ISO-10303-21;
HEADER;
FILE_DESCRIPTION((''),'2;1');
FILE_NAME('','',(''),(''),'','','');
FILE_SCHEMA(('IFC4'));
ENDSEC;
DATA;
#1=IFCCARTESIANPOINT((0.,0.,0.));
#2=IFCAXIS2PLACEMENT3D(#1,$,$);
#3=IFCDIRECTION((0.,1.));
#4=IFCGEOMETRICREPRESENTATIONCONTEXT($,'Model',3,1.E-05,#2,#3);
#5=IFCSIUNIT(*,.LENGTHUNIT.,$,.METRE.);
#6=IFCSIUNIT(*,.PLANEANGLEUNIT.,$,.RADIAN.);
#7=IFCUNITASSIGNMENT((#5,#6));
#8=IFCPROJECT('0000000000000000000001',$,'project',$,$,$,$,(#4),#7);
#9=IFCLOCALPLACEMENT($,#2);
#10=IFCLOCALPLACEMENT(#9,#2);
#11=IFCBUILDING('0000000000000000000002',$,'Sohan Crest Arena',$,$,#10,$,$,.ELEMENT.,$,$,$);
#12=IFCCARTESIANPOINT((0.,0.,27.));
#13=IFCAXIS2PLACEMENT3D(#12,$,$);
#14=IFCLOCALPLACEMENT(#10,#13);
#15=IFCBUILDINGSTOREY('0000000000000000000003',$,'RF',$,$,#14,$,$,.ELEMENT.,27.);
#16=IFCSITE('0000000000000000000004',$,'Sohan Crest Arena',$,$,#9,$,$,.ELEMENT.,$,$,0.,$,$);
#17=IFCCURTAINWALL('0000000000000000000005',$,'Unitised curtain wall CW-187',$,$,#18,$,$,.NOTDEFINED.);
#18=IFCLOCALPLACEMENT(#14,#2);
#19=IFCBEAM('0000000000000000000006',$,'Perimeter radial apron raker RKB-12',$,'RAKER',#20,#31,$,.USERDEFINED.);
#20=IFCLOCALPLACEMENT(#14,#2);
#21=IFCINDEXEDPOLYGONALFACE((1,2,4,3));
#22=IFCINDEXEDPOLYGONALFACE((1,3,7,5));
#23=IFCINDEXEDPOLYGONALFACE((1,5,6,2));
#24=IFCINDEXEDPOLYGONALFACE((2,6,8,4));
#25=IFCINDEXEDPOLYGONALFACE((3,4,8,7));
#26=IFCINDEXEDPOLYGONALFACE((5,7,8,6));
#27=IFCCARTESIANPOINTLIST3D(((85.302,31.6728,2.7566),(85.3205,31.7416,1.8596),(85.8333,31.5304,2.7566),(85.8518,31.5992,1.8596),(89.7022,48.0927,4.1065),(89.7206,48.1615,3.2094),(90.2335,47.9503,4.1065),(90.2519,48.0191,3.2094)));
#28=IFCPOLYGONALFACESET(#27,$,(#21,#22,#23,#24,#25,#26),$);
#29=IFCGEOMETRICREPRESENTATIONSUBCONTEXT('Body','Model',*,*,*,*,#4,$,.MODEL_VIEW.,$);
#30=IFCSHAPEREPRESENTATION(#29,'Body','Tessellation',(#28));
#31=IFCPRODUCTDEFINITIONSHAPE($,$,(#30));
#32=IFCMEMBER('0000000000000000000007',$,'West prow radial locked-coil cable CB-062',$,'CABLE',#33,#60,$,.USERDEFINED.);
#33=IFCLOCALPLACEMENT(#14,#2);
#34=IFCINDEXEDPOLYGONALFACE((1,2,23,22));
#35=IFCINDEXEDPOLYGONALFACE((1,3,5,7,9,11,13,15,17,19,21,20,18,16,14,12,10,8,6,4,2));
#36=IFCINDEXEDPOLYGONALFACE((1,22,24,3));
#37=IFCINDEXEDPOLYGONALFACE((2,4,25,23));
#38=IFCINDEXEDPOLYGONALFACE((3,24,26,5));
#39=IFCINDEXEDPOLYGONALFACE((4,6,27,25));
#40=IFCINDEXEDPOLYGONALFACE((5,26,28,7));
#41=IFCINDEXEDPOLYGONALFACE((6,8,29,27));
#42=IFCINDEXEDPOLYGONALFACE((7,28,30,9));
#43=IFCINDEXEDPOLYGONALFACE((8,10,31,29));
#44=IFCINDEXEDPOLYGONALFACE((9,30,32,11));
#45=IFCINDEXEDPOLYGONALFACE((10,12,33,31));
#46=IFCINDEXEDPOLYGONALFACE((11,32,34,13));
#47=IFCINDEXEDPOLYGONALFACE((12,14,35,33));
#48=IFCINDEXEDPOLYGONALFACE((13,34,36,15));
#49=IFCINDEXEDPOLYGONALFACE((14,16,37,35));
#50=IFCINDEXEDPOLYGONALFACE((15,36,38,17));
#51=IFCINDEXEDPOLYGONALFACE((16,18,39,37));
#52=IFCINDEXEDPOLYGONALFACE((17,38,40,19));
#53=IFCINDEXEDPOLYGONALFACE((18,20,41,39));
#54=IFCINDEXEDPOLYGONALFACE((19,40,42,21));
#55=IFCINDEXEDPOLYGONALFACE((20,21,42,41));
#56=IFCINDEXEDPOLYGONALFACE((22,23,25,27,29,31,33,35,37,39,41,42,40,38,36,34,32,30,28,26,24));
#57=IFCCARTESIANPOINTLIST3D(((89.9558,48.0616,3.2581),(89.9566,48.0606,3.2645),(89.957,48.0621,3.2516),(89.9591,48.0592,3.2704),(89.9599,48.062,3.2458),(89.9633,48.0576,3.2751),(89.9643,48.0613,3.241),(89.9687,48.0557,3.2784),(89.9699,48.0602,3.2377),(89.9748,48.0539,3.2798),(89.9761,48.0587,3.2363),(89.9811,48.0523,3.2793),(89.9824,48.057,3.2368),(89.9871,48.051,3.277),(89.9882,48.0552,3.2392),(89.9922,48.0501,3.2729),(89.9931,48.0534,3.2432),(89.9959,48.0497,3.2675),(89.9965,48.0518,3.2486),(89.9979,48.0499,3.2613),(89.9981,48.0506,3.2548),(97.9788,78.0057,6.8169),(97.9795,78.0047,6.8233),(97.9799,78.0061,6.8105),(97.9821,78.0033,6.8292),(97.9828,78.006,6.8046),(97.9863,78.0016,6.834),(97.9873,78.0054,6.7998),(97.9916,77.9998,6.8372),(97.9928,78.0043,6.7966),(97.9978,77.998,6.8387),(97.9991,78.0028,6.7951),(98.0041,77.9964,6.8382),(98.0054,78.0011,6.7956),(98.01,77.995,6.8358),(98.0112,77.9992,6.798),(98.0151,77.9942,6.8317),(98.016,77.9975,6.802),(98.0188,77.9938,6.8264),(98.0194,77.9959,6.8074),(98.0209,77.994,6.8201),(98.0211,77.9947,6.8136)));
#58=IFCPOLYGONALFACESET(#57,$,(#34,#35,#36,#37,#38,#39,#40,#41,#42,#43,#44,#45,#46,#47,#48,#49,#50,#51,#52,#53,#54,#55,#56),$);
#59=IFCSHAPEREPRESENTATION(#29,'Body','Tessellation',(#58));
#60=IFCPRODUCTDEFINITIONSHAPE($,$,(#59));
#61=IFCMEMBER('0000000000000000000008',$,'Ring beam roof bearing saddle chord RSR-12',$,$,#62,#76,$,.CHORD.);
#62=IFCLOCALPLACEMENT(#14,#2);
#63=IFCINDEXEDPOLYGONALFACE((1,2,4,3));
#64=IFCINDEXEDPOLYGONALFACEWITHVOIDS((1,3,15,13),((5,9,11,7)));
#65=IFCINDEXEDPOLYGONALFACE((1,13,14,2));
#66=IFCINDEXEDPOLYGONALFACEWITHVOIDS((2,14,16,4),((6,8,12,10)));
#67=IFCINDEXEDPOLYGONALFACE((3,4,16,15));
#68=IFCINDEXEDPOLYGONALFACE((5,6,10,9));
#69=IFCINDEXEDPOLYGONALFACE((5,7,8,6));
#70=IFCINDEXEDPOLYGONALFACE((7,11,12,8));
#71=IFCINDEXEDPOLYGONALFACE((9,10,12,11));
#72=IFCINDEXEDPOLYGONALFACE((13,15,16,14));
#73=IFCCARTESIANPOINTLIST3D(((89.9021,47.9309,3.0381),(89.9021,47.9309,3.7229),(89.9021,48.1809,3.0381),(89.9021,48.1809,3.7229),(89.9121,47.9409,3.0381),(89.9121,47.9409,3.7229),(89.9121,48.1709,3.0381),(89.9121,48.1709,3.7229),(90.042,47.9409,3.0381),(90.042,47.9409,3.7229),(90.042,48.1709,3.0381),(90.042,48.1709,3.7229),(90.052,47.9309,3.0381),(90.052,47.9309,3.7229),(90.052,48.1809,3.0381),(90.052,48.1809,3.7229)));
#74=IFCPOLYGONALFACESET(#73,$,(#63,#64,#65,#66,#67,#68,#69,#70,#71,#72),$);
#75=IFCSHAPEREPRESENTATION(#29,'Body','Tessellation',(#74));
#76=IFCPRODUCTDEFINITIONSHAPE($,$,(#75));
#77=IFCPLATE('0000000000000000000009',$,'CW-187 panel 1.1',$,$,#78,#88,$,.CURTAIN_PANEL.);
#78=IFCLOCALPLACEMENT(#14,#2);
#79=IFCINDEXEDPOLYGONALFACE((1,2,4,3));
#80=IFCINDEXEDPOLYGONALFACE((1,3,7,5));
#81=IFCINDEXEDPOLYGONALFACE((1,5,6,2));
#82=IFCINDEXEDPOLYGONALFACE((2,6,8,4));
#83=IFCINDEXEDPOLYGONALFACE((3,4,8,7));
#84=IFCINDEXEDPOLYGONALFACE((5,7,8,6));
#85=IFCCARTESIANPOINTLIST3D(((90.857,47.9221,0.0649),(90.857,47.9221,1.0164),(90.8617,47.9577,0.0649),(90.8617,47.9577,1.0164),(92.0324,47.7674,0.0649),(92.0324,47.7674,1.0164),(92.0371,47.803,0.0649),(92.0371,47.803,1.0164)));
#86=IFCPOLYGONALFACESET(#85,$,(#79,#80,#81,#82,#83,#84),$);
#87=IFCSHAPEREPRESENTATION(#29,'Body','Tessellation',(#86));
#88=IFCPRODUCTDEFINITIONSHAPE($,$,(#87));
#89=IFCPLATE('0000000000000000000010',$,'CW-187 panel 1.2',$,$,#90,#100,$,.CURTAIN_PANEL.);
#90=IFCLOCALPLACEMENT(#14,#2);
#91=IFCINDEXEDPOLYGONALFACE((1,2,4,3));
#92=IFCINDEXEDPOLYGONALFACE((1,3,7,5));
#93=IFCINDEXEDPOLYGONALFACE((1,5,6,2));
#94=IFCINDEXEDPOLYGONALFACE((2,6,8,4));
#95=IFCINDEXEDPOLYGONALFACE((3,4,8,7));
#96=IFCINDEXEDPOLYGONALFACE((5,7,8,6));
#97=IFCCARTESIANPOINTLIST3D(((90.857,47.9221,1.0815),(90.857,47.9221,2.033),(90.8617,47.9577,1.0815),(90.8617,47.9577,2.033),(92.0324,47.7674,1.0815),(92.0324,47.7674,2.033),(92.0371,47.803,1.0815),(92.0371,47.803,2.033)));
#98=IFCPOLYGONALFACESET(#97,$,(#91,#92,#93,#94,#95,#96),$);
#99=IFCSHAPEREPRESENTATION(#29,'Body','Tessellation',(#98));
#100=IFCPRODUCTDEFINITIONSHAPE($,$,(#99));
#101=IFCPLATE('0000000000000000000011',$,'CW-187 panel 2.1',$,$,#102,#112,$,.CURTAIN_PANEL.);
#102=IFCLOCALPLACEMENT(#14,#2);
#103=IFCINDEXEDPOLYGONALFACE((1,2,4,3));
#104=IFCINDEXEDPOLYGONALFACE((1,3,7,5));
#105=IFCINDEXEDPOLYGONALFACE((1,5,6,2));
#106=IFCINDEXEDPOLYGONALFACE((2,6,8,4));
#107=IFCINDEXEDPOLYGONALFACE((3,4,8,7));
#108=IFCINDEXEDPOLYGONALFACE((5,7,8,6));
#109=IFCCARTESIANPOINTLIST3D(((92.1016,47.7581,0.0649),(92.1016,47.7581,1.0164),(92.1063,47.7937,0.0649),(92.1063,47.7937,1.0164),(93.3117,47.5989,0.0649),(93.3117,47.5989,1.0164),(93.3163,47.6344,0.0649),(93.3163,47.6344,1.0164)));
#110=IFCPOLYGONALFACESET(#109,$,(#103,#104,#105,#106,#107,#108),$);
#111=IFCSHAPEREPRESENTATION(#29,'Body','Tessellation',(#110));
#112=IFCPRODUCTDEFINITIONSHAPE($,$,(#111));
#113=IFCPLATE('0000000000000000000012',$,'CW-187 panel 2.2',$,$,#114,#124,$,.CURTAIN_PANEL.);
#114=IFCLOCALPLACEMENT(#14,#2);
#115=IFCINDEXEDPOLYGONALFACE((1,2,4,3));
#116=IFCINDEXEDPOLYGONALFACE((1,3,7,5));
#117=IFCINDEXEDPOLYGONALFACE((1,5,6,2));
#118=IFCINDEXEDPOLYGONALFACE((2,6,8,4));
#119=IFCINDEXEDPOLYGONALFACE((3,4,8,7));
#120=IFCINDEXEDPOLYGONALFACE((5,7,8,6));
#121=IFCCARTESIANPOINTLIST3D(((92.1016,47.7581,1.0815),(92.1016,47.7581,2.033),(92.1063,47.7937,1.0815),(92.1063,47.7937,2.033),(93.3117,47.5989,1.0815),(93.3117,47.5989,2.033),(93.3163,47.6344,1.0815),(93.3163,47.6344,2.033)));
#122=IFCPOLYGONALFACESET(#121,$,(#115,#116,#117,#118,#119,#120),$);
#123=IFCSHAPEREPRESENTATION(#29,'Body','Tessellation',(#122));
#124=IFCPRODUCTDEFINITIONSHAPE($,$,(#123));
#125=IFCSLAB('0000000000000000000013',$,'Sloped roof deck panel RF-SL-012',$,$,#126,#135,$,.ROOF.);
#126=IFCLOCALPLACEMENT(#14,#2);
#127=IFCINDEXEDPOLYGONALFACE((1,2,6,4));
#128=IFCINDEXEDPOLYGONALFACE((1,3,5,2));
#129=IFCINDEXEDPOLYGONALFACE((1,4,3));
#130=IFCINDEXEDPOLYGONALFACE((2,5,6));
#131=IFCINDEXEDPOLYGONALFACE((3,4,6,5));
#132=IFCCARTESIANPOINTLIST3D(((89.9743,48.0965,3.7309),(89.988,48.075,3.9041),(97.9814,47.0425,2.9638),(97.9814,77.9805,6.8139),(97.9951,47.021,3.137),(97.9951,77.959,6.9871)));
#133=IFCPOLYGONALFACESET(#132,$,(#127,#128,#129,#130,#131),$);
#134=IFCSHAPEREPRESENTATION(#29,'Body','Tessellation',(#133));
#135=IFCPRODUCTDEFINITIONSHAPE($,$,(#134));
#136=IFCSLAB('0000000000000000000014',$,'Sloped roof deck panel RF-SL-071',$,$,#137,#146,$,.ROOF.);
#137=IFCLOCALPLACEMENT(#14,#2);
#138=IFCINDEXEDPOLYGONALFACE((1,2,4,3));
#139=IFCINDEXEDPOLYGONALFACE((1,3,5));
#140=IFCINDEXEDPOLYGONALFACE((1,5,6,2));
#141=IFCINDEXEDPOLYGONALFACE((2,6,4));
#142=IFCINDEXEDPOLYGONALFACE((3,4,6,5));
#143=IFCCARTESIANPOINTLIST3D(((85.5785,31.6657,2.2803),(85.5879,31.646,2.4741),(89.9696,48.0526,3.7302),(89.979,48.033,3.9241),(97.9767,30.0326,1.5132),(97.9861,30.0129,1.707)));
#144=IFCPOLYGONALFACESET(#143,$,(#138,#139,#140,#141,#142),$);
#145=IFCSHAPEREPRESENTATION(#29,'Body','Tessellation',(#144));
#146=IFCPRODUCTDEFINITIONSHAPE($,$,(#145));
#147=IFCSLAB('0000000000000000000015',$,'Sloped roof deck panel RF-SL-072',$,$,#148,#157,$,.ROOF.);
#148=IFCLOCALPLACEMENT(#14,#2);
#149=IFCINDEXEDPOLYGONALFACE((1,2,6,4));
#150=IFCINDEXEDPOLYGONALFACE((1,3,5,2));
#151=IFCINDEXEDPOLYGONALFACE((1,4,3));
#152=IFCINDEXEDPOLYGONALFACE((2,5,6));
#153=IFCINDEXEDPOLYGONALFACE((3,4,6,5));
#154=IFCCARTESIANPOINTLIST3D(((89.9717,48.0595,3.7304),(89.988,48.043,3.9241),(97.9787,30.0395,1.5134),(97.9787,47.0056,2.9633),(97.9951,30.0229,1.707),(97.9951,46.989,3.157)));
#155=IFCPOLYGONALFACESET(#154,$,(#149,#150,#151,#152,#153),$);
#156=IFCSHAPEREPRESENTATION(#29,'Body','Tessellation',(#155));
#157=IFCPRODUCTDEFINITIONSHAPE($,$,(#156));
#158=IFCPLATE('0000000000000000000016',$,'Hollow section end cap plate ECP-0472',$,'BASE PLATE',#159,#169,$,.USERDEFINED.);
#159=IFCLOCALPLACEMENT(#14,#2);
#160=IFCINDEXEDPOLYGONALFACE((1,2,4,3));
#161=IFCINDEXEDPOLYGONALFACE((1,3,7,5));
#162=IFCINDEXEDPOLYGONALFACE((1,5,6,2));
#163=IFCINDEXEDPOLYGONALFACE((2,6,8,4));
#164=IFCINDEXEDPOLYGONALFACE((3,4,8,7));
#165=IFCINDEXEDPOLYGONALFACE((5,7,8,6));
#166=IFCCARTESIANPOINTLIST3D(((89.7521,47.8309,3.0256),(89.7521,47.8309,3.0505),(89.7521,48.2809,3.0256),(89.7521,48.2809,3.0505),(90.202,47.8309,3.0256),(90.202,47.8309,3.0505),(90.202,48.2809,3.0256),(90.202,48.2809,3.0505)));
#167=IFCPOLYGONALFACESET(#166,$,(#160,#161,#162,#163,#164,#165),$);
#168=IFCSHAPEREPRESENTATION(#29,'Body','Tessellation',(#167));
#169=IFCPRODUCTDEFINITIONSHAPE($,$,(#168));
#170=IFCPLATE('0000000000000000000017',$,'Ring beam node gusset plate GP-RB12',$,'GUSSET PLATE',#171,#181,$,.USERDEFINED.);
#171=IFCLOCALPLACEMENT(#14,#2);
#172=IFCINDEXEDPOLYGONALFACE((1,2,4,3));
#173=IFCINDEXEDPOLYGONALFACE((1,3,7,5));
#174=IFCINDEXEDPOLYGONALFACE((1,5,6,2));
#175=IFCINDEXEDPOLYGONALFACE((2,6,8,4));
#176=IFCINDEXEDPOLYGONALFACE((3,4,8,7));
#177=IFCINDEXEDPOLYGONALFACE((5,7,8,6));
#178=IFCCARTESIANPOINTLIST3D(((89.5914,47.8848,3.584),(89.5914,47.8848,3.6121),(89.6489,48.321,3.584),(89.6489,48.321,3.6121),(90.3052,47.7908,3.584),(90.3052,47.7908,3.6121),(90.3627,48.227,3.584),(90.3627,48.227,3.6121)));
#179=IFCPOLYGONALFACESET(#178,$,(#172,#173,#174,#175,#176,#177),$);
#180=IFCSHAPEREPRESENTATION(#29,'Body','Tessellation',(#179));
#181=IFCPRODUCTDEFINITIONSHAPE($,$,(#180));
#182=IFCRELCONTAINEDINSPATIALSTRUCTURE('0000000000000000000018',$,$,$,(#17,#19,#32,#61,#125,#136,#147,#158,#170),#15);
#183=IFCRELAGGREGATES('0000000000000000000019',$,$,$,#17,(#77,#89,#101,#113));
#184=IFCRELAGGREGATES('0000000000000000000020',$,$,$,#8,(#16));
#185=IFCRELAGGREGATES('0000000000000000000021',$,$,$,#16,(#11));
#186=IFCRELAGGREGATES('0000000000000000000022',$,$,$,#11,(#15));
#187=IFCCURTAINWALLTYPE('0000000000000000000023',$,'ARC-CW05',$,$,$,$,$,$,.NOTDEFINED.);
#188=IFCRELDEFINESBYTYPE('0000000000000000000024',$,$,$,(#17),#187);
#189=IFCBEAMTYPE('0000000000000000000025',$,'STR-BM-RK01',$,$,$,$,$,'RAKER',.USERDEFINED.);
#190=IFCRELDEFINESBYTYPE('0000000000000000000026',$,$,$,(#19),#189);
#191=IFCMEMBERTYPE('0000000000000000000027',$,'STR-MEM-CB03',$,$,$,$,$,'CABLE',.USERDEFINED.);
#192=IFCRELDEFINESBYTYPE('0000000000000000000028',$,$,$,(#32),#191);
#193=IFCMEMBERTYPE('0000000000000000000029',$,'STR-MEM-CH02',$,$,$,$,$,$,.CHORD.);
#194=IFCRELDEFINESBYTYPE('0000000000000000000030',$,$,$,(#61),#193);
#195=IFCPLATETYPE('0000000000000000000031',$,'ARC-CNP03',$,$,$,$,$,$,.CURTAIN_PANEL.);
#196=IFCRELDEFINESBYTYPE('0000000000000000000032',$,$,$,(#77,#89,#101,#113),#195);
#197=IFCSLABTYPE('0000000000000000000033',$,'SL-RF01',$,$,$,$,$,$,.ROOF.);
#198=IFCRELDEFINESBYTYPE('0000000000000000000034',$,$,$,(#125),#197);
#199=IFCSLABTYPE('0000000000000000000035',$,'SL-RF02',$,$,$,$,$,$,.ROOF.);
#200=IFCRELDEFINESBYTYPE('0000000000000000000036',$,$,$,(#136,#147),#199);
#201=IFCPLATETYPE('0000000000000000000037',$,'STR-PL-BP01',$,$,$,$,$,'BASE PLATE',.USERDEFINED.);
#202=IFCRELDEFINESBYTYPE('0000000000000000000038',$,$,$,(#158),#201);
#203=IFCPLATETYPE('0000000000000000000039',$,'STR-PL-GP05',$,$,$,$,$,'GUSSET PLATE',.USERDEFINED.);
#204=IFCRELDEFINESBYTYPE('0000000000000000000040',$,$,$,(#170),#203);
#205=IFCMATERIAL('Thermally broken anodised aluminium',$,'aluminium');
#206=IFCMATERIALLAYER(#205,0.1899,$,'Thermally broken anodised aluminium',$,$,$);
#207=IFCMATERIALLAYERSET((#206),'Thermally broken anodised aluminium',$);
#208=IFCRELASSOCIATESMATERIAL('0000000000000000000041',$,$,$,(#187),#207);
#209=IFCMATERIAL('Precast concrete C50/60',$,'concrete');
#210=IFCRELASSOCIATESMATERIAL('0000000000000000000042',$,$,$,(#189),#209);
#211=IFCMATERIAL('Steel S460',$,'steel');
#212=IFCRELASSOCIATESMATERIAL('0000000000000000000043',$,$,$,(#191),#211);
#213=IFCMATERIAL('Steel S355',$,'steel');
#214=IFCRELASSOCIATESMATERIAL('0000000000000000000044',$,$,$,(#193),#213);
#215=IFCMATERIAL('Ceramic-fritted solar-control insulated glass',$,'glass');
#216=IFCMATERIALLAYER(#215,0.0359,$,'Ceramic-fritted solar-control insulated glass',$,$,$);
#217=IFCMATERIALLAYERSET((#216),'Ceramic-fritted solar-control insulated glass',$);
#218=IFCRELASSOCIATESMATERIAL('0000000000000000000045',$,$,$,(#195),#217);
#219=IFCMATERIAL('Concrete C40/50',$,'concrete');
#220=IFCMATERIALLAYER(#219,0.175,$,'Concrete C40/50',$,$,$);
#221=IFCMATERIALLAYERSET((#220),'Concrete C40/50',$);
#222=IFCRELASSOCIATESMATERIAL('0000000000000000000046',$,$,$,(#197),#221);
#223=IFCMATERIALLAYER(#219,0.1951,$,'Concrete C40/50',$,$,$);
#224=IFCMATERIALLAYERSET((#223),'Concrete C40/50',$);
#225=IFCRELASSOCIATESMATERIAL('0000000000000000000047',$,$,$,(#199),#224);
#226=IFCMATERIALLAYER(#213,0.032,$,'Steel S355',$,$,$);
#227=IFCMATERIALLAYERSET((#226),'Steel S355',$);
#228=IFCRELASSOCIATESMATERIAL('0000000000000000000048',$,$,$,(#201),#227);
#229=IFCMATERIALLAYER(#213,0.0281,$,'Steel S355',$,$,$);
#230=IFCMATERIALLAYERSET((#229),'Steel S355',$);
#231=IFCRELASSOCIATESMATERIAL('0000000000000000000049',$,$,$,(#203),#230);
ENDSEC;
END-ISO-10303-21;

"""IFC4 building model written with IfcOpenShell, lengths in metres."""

from ifc_helpers import new_model, si_unit, direction, frame, origin, origin_2d, place, context, subcontext, project, spatial, polyline, rectangle, hollow_rectangle, circle, outline, extrude, material, layer, layer_set, material_profile, profile_set, type_object, element, aggregate, save


model = new_model("IFC4")

# Units and contexts
model_context = context("Model", 3, precision=1e-05, world=origin(), true_north=direction((0.0, 1.0)))
body_context = subcontext(model_context, "Body", "Model", "MODEL_VIEW")
ifc_project = project(units=[si_unit("LENGTHUNIT", "METRE"), si_unit("PLANEANGLEUNIT", "RADIAN")], contexts=[model_context])

# Site, building, storey
site_placement = place(None, origin())
site = spatial("IfcSite", under=ifc_project, at=site_placement, Name="Sohan Crest Arena", CompositionType="ELEMENT", RefElevation=0.0)
building_placement = place(site_placement, origin())
building = spatial("IfcBuilding", under=site, at=building_placement, Name="Sohan Crest Arena", CompositionType="ELEMENT")
storey_placement = place(building_placement, frame((0.0, 0.0, 27.0)))
storey = spatial("IfcBuildingStorey", under=building, at=storey_placement, Name="RF", CompositionType="ELEMENT", Elevation=27.0)

# Curtain wall
ifc_material_1 = material(Name="Thermally broken anodised aluminium", Category="aluminium")
ifc_layer_1 = layer(ifc_material_1, 0.1899, Name="Thermally broken anodised aluminium")
ifc_layer_set_1 = layer_set([ifc_layer_1], Name="Thermally broken anodised aluminium")
curtain_wall_type = type_object("IfcCurtainWallType", Name="ARC-CW05", PredefinedType="NOTDEFINED", material=ifc_layer_set_1)
curtain_wall_placement = place(storey_placement, origin())
curtain_wall = element("IfcCurtainWall", 1, at=curtain_wall_placement, inside=storey, type_object=curtain_wall_type, Name="Unitised curtain wall CW-187", PredefinedType="NOTDEFINED")

# Beam
ifc_material_2 = material(Name="Steel S355", Category="steel")
ifc_material_3 = material(Name="Precast concrete C50/60", Category="concrete")
ifc_material_profile_1 = material_profile(ifc_material_3, rectangle(XDim=0.55, YDim=0.8999, at=origin_2d()), Name="RAKER 550x900")
ifc_profile_set_1 = profile_set([ifc_material_profile_1], Name="Precast concrete C50/60")
beam_type_1 = type_object("IfcBeamType", Name="STR-BM-RK01", ElementType="RAKER", PredefinedType="USERDEFINED", material=ifc_profile_set_1)
beam_1_placement = place(storey_placement, frame((89.9771, 48.0559, 3.658), z_axis=(-0.258031, -0.962888, -0.079157), x_axis=(0.965919, -0.258843, 0.0)))
element("IfcBeam", 2, at=beam_1_placement, inside=storey, type_object=beam_type_1, Name="Perimeter radial apron raker RKB-12", ObjectType="RAKER", PredefinedType="USERDEFINED", context=body_context, shape_type="SweptSolid", body=[
    extrude(rectangle(XDim=0.55, YDim=0.8999, at=origin_2d()), origin(), (0.0, 0.0, 1.0), 17.0527),
])

# Members
ifc_material_4 = material(Name="Steel S460", Category="steel")
ifc_material_profile_2 = material_profile(ifc_material_4, circle(Radius=0.022, at=origin_2d()), Name="FLC D44")
ifc_profile_set_2 = profile_set([ifc_material_profile_2], Name="Steel S460")
member_type_1 = type_object("IfcMemberType", Name="STR-MEM-CB03", ElementType="CABLE", PredefinedType="USERDEFINED", material=ifc_profile_set_2)
member_1_placement = place(storey_placement, frame((89.9771, 48.0559, 3.2581), z_axis=(0.257114, 0.959627, 0.114051), x_axis=(-0.96593, 0.258803, 0.0)))
element("IfcMember", 3, at=member_1_placement, inside=storey, type_object=member_type_1, Name="West prow radial locked-coil cable CB-062", ObjectType="CABLE", PredefinedType="USERDEFINED", context=body_context, shape_type="SweptSolid", body=[
    extrude(circle(Radius=0.022, at=origin_2d()), origin(), (0.0, 0.0, 1.0), 31.2039),
])
ifc_material_profile_3 = material_profile(ifc_material_2, hollow_rectangle(XDim=0.1499, YDim=0.25, WallThickness=0.01, at=origin_2d()), Name="RHS 250x150x10")
ifc_profile_set_3 = profile_set([ifc_material_profile_3], Name="Steel S355")
member_type_2 = type_object("IfcMemberType", Name="STR-MEM-CH02", PredefinedType="CHORD", material=ifc_profile_set_3)
member_2_placement = place(storey_placement, frame((89.9771, 48.0559, 3.0381), z_axis=(0.0, 0.0, 1.0), x_axis=(1.0, 0.0, 0.0)))
element("IfcMember", 4, at=member_2_placement, inside=storey, type_object=member_type_2, Name="Ring beam roof bearing saddle chord RSR-12", PredefinedType="CHORD", context=body_context, shape_type="SweptSolid", body=[
    extrude(hollow_rectangle(XDim=0.1499, YDim=0.25, WallThickness=0.01, at=origin_2d()), origin(), (0.0, 0.0, 1.0), 0.6848),
])

# Plates
ifc_material_5 = material(Name="Ceramic-fritted solar-control insulated glass", Category="glass")
ifc_layer_2 = layer(ifc_material_5, 0.0359, Name="Ceramic-fritted solar-control insulated glass")
ifc_layer_set_2 = layer_set([ifc_layer_2], Name="Ceramic-fritted solar-control insulated glass")
plate_type_1 = type_object("IfcPlateType", Name="ARC-CNP03", PredefinedType="CURTAIN_PANEL", material=ifc_layer_set_2)
plate_1_placement = place(storey_placement, frame((91.447, 47.8625, 0.0649), z_axis=(0.0, 0.0, 1.0), x_axis=(0.991448, -0.130499, 0.0)))
plate_1 = element("IfcPlate", 5, at=plate_1_placement, type_object=plate_type_1, Name="CW-187 panel 1.1", PredefinedType="CURTAIN_PANEL", context=body_context, shape_type="SweptSolid", body=[
    extrude(rectangle(XDim=1.1855, YDim=0.0359, at=origin_2d()), origin(), (0.0, 0.0, 1.0), 0.9514),
])
plate_2_placement = place(storey_placement, frame((91.447, 47.8625, 1.0815), z_axis=(0.0, 0.0, 1.0), x_axis=(0.991448, -0.130499, 0.0)))
plate_2 = element("IfcPlate", 6, at=plate_2_placement, type_object=plate_type_1, Name="CW-187 panel 1.2", PredefinedType="CURTAIN_PANEL", context=body_context, shape_type="SweptSolid", body=[
    extrude(rectangle(XDim=1.1855, YDim=0.0359, at=origin_2d()), origin(), (0.0, 0.0, 1.0), 0.9514),
])
plate_3_placement = place(storey_placement, frame((92.709, 47.6963, 0.0649), z_axis=(0.0, 0.0, 1.0), x_axis=(0.991448, -0.130499, 0.0)))
plate_3 = element("IfcPlate", 7, at=plate_3_placement, type_object=plate_type_1, Name="CW-187 panel 2.1", PredefinedType="CURTAIN_PANEL", context=body_context, shape_type="SweptSolid", body=[
    extrude(rectangle(XDim=1.2205, YDim=0.0359, at=origin_2d()), origin(), (0.0, 0.0, 1.0), 0.9514),
])
plate_4_placement = place(storey_placement, frame((92.709, 47.6963, 1.0815), z_axis=(0.0, 0.0, 1.0), x_axis=(0.991448, -0.130499, 0.0)))
plate_4 = element("IfcPlate", 8, at=plate_4_placement, type_object=plate_type_1, Name="CW-187 panel 2.2", PredefinedType="CURTAIN_PANEL", context=body_context, shape_type="SweptSolid", body=[
    extrude(rectangle(XDim=1.2205, YDim=0.0359, at=origin_2d()), origin(), (0.0, 0.0, 1.0), 0.9514),
])
aggregate(curtain_wall, [plate_1, plate_2, plate_3, plate_4])

# Slabs
ifc_material_6 = material(Name="Concrete C40/50", Category="concrete")
ifc_layer_3 = layer(ifc_material_6, 0.175, Name="Concrete C40/50")
ifc_layer_set_3 = layer_set([ifc_layer_3], Name="Concrete C40/50")
slab_type_1 = type_object("IfcSlabType", Name="SL-RF01", PredefinedType="ROOF", material=ifc_layer_set_3)
slab_1_placement = place(storey_placement, frame((89.988, 48.075, 3.9041), z_axis=(0.078569, -0.123111, 0.989278), x_axis=(0.987006, -0.129917, -0.094557)))
element("IfcSlab", 9, at=slab_1_placement, inside=storey, type_object=slab_type_1, Name="Sloped roof deck panel RF-SL-012", PredefinedType="ROOF", context=body_context, shape_type="SweptSolid", body=[
    extrude(outline(polyline([(0.0, 0.0), (8.1125, 0.0), (3.7291, 30.8669), (0.0, 0.0)])), origin(), (0.0, 0.0, -1.0), 0.175),
])
ifc_layer_4 = layer(ifc_material_6, 0.1951, Name="Concrete C40/50")
ifc_layer_set_4 = layer_set([ifc_layer_4], Name="Concrete C40/50")
slab_type_2 = type_object("IfcSlabType", Name="SL-RF02", PredefinedType="ROOF", material=ifc_layer_set_4)
slab_2_placement = place(storey_placement, frame((89.979, 48.033, 3.9241), z_axis=(0.048201, -0.100844, 0.993734), x_axis=(-0.257892, -0.962414, -0.085156)))
element("IfcSlab", 10, at=slab_2_placement, inside=storey, type_object=slab_type_2, Name="Sloped roof deck panel RF-SL-071", PredefinedType="ROOF", context=body_context, shape_type="SweptSolid", body=[
    extrude(outline(polyline([(0.0, 0.0), (17.0269, 0.0), (15.4665, 12.4312), (0.0, 0.0)])), origin(), (0.0, 0.0, -1.0), 0.1951),
])
slab_3_placement = place(storey_placement, frame((89.988, 48.043, 3.9241), z_axis=(0.083948, -0.084851, 0.992851), x_axis=(0.403519, -0.908124, -0.111728)))
element("IfcSlab", 11, at=slab_3_placement, inside=storey, type_object=slab_type_2, Name="Sloped roof deck panel RF-SL-072", PredefinedType="ROOF", context=body_context, shape_type="SweptSolid", body=[
    extrude(outline(polyline([(0.0, 0.0), (19.8431, 0.0), (4.2738, 6.8954), (0.0, 0.0)])), origin(), (0.0, 0.0, -1.0), 0.1951),
])

# Plates
ifc_layer_5 = layer(ifc_material_2, 0.032, Name="Steel S355")
ifc_layer_set_5 = layer_set([ifc_layer_5], Name="Steel S355")
plate_type_2 = type_object("IfcPlateType", Name="STR-PL-BP01", ElementType="BASE PLATE", PredefinedType="USERDEFINED", material=ifc_layer_set_5)
plate_5_placement = place(storey_placement, frame((89.9771, 48.0559, 3.0256), z_axis=(0.0, 0.0, 1.0), x_axis=(1.0, 0.0, 0.0)))
element("IfcPlate", 12, at=plate_5_placement, inside=storey, type_object=plate_type_2, Name="Hollow section end cap plate ECP-0472", ObjectType="BASE PLATE", PredefinedType="USERDEFINED", context=body_context, shape_type="SweptSolid", body=[
    extrude(rectangle(XDim=0.45, YDim=0.45, at=origin_2d()), origin(), (0.0, 0.0, 1.0), 0.0249),
])
ifc_layer_6 = layer(ifc_material_2, 0.0281, Name="Steel S355")
ifc_layer_set_6 = layer_set([ifc_layer_6], Name="Steel S355")
plate_type_3 = type_object("IfcPlateType", Name="STR-PL-GP05", ElementType="GUSSET PLATE", PredefinedType="USERDEFINED", material=ifc_layer_set_6)
plate_6_placement = place(storey_placement, frame((89.9771, 48.0559, 3.584), z_axis=(0.0, 0.0, 1.0), x_axis=(-0.991445, 0.130526, 0.0)))
element("IfcPlate", 13, at=plate_6_placement, inside=storey, type_object=plate_type_3, Name="Ring beam node gusset plate GP-RB12", ObjectType="GUSSET PLATE", PredefinedType="USERDEFINED", context=body_context, shape_type="SweptSolid", body=[
    extrude(rectangle(XDim=0.72, YDim=0.4399, at=origin_2d()), origin(), (0.0, 0.0, 1.0), 0.0281),
])

save(model, "model.ifc")
